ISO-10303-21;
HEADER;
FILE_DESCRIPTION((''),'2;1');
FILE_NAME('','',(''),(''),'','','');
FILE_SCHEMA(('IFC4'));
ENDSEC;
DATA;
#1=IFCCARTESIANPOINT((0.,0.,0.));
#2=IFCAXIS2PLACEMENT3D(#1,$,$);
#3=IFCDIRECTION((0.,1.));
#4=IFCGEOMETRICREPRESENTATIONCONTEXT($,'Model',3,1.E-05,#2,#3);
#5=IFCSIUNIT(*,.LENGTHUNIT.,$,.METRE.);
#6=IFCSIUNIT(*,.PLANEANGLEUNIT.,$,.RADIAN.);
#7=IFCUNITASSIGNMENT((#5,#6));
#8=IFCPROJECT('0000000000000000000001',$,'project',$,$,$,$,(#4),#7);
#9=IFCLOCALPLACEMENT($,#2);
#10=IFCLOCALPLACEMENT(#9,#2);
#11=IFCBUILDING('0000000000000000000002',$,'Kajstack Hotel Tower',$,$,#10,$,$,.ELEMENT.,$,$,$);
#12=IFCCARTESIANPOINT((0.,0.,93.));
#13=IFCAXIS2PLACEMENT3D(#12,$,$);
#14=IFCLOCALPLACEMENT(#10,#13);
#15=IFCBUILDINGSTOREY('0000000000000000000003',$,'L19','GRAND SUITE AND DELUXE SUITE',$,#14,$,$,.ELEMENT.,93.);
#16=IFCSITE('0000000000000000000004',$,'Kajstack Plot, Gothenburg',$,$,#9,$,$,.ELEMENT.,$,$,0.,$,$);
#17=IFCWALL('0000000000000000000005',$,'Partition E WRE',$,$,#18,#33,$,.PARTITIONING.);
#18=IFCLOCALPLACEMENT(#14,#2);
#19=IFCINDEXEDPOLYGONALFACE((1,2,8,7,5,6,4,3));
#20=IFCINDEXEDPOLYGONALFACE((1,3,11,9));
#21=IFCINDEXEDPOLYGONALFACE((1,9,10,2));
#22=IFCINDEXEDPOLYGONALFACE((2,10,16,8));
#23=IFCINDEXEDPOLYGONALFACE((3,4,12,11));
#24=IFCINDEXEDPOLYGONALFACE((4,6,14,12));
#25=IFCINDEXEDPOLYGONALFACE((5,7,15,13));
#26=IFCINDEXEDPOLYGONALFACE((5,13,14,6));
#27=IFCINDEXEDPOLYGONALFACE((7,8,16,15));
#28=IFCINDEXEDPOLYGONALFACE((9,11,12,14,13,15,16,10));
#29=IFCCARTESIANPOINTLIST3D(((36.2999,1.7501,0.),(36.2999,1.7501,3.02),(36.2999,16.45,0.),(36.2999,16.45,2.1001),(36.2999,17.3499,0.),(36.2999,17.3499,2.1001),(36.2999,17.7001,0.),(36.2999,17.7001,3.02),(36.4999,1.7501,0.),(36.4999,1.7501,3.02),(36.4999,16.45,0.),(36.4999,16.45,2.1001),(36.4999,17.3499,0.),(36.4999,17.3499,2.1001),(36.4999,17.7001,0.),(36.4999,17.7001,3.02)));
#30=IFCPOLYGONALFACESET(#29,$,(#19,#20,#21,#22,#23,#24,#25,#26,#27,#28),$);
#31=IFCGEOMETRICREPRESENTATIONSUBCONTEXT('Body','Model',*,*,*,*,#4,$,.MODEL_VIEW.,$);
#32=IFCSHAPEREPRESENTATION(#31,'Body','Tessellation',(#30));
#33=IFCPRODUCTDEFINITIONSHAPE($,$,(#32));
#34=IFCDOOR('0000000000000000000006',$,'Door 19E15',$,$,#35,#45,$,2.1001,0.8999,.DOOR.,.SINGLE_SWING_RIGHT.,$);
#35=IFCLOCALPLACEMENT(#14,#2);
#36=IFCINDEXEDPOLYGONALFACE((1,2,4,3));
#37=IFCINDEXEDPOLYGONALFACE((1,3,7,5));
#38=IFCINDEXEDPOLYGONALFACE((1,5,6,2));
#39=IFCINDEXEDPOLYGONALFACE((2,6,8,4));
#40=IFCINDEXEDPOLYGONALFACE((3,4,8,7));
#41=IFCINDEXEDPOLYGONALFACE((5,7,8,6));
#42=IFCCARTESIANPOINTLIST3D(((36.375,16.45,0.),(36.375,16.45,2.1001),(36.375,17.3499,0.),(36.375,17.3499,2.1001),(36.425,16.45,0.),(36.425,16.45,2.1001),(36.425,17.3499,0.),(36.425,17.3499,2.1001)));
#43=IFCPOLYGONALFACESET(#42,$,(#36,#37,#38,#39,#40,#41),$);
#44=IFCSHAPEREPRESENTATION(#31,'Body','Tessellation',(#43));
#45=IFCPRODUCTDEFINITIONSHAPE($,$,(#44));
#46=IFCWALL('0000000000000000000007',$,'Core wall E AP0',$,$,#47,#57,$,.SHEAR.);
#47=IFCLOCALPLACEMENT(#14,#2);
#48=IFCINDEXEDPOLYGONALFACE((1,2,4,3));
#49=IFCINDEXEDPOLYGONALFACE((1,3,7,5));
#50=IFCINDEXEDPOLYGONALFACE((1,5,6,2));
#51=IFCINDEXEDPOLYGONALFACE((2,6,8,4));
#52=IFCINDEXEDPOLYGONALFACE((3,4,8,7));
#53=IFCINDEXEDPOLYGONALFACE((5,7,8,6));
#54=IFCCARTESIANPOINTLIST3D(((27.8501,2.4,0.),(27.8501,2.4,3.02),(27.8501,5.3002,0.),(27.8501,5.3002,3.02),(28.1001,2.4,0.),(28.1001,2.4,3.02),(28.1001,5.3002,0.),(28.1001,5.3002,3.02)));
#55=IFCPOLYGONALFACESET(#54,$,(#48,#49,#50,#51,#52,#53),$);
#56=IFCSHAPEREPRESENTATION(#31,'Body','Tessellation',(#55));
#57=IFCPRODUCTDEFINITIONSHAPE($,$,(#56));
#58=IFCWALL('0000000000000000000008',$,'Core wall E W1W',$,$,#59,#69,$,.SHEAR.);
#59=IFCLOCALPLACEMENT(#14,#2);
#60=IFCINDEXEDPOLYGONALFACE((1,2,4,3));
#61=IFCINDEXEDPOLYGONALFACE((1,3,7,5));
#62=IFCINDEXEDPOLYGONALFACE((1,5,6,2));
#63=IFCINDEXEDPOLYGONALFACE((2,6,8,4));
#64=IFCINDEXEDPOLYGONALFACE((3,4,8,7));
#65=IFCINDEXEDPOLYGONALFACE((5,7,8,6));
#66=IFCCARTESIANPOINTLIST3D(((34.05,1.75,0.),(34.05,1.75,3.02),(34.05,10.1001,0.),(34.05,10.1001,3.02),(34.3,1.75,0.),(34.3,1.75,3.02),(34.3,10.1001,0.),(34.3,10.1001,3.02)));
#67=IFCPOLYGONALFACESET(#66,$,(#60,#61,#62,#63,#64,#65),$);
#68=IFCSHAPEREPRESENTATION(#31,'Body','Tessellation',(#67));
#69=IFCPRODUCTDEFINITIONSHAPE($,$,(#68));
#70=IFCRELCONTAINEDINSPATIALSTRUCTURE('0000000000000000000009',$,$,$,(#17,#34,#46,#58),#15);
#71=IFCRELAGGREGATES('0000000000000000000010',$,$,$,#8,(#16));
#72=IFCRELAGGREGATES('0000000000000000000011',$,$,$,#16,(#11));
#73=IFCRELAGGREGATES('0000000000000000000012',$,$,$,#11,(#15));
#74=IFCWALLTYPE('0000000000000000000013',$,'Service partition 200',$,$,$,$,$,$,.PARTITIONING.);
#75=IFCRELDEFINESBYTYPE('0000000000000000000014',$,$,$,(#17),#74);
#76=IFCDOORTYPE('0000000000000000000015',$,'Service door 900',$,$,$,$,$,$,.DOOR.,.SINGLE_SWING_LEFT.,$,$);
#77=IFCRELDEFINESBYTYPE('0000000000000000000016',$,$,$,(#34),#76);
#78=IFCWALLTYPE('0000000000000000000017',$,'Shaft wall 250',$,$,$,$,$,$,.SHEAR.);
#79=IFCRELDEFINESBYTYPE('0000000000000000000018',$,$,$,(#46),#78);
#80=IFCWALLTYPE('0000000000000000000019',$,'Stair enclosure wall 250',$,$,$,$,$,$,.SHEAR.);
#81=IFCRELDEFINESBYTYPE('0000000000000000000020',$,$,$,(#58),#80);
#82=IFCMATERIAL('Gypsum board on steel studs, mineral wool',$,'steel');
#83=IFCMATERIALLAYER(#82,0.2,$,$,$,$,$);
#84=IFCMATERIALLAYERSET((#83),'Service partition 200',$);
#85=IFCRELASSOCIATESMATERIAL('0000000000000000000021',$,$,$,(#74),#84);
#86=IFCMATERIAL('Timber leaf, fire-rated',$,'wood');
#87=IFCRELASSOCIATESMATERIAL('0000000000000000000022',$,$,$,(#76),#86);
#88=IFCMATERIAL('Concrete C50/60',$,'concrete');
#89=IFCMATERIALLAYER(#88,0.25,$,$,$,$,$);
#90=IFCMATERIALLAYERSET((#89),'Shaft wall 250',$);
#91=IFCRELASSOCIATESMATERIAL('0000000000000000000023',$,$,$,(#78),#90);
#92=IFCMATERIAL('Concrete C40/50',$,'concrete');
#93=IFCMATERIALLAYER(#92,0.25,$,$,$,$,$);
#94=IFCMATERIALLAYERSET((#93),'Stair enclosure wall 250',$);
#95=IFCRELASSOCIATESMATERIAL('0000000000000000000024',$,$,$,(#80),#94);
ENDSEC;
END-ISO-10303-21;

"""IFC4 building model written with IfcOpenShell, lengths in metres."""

from ifc_helpers import new_model, si_unit, direction, frame, frame_2d, origin, place, context, subcontext, project, spatial, rectangle, extrude, material, layer, layer_set, type_object, element, fill, save


model = new_model("IFC4")

# Units and contexts
model_context = context("Model", 3, precision=1e-05, world=origin(), true_north=direction((0.0, 1.0)))
body_context = subcontext(model_context, "Body", "Model", "MODEL_VIEW")
ifc_project = project(units=[si_unit("LENGTHUNIT", "METRE"), si_unit("PLANEANGLEUNIT", "RADIAN")], contexts=[model_context])

# Site, building, storey
site_placement = place(None, origin())
site = spatial("IfcSite", under=ifc_project, at=site_placement, Name="Kajstack Plot, Gothenburg", CompositionType="ELEMENT", RefElevation=0.0)
building_placement = place(site_placement, origin())
building = spatial("IfcBuilding", under=site, at=building_placement, Name="Kajstack Hotel Tower", CompositionType="ELEMENT")
storey_placement = place(building_placement, frame((0.0, 0.0, 93.0)))
storey = spatial("IfcBuildingStorey", under=building, at=storey_placement, Name="L19", Description="GRAND SUITE AND DELUXE SUITE", CompositionType="ELEMENT", Elevation=93.0)

# Shared definitions
ifc_material_1 = material(Name="Concrete C50/60", Category="concrete")

# Shared definitions
ifc_material_2 = material(Name="Gypsum board on steel studs, mineral wool", Category="steel")
ifc_layer_1 = layer(ifc_material_2, 0.2)
ifc_layer_set_1 = layer_set([ifc_layer_1], Name="Service partition 200")
wall_type_1 = type_object("IfcWallType", Name="Service partition 200", PredefinedType="PARTITIONING", material=ifc_layer_set_1)
ifc_material_3 = material(Name="Timber leaf, fire-rated", Category="wood")

# Wall, opening, door
wall_1_placement = place(storey_placement, frame((36.3999, 1.75, 0.0), z_axis=(0.0, 0.0, 1.0), x_axis=(0.0, 1.0, 0.0)))
wall_1 = element("IfcWall", 1, at=wall_1_placement, inside=storey, type_object=wall_type_1, Name="Partition E WRE", PredefinedType="PARTITIONING", context=body_context, shape_type="SweptSolid", body=[
    extrude(rectangle(XDim=15.95, YDim=0.2, at=frame_2d((7.9751, 0.0))), origin(), (0.0, 0.0, 1.0), 3.02),
])
opening_1_placement = place(wall_1_placement, frame((14.7, 0.0, 0.0)))
opening_1 = element("IfcOpeningElement", 2, at=opening_1_placement, cuts=wall_1, PredefinedType="OPENING", context=body_context, shape_type="SweptSolid", body=[
    extrude(rectangle(XDim=0.8999, YDim=2.1001, at=frame_2d((0.45, 1.05))), frame((0.0, 0.1099, 0.0), z_axis=(0.0, -1.0, 0.0), x_axis=(1.0, 0.0, 0.0)), (0.0, 0.0, 1.0), 0.22),
])
door_type_1 = type_object("IfcDoorType", Name="Service door 900", OperationType="SINGLE_SWING_LEFT", PredefinedType="DOOR", material=ifc_material_3)
door_1_placement = place(opening_1_placement, origin())
door_1 = element("IfcDoor", 3, at=door_1_placement, inside=storey, type_object=door_type_1, Name="Door 19E15", OperationType="SINGLE_SWING_RIGHT", OverallHeight=2.1001, OverallWidth=0.8999, PredefinedType="DOOR", context=body_context, shape_type="SweptSolid", body=[
    extrude(rectangle(XDim=0.8999, YDim=2.1001, at=frame_2d((0.45, 1.05))), frame((0.0, 0.0249, 0.0), z_axis=(0.0, -1.0, 0.0), x_axis=(1.0, 0.0, 0.0)), (0.0, 0.0, 1.0), 0.05),
])
fill(opening_1, door_1)

# Walls
ifc_layer_2 = layer(ifc_material_1, 0.25)
ifc_layer_set_2 = layer_set([ifc_layer_2], Name="Shaft wall 250")
wall_type_2 = type_object("IfcWallType", Name="Shaft wall 250", PredefinedType="SHEAR", material=ifc_layer_set_2)
wall_2_placement = place(storey_placement, frame((27.9751, 2.3999, 0.0), z_axis=(0.0, 0.0, 1.0), x_axis=(0.0, 1.0, 0.0)))
element("IfcWall", 4, at=wall_2_placement, inside=storey, type_object=wall_type_2, Name="Core wall E AP0", PredefinedType="SHEAR", context=body_context, shape_type="SweptSolid", body=[
    extrude(rectangle(XDim=2.9001, YDim=0.25, at=frame_2d((1.4502, 0.0))), origin(), (0.0, 0.0, 1.0), 3.02),
])
ifc_material_4 = material(Name="Concrete C40/50", Category="concrete")
ifc_layer_3 = layer(ifc_material_4, 0.25)
ifc_layer_set_3 = layer_set([ifc_layer_3], Name="Stair enclosure wall 250")
wall_type_3 = type_object("IfcWallType", Name="Stair enclosure wall 250", PredefinedType="SHEAR", material=ifc_layer_set_3)
wall_3_placement = place(storey_placement, frame((34.175, 1.75, 0.0), z_axis=(0.0, 0.0, 1.0), x_axis=(0.0, 1.0, 0.0)))
element("IfcWall", 5, at=wall_3_placement, inside=storey, type_object=wall_type_3, Name="Core wall E W1W", PredefinedType="SHEAR", context=body_context, shape_type="SweptSolid", body=[
    extrude(rectangle(XDim=8.3501, YDim=0.25, at=frame_2d((4.175, 0.0))), origin(), (0.0, 0.0, 1.0), 3.02),
])

save(model, "model.ifc")
